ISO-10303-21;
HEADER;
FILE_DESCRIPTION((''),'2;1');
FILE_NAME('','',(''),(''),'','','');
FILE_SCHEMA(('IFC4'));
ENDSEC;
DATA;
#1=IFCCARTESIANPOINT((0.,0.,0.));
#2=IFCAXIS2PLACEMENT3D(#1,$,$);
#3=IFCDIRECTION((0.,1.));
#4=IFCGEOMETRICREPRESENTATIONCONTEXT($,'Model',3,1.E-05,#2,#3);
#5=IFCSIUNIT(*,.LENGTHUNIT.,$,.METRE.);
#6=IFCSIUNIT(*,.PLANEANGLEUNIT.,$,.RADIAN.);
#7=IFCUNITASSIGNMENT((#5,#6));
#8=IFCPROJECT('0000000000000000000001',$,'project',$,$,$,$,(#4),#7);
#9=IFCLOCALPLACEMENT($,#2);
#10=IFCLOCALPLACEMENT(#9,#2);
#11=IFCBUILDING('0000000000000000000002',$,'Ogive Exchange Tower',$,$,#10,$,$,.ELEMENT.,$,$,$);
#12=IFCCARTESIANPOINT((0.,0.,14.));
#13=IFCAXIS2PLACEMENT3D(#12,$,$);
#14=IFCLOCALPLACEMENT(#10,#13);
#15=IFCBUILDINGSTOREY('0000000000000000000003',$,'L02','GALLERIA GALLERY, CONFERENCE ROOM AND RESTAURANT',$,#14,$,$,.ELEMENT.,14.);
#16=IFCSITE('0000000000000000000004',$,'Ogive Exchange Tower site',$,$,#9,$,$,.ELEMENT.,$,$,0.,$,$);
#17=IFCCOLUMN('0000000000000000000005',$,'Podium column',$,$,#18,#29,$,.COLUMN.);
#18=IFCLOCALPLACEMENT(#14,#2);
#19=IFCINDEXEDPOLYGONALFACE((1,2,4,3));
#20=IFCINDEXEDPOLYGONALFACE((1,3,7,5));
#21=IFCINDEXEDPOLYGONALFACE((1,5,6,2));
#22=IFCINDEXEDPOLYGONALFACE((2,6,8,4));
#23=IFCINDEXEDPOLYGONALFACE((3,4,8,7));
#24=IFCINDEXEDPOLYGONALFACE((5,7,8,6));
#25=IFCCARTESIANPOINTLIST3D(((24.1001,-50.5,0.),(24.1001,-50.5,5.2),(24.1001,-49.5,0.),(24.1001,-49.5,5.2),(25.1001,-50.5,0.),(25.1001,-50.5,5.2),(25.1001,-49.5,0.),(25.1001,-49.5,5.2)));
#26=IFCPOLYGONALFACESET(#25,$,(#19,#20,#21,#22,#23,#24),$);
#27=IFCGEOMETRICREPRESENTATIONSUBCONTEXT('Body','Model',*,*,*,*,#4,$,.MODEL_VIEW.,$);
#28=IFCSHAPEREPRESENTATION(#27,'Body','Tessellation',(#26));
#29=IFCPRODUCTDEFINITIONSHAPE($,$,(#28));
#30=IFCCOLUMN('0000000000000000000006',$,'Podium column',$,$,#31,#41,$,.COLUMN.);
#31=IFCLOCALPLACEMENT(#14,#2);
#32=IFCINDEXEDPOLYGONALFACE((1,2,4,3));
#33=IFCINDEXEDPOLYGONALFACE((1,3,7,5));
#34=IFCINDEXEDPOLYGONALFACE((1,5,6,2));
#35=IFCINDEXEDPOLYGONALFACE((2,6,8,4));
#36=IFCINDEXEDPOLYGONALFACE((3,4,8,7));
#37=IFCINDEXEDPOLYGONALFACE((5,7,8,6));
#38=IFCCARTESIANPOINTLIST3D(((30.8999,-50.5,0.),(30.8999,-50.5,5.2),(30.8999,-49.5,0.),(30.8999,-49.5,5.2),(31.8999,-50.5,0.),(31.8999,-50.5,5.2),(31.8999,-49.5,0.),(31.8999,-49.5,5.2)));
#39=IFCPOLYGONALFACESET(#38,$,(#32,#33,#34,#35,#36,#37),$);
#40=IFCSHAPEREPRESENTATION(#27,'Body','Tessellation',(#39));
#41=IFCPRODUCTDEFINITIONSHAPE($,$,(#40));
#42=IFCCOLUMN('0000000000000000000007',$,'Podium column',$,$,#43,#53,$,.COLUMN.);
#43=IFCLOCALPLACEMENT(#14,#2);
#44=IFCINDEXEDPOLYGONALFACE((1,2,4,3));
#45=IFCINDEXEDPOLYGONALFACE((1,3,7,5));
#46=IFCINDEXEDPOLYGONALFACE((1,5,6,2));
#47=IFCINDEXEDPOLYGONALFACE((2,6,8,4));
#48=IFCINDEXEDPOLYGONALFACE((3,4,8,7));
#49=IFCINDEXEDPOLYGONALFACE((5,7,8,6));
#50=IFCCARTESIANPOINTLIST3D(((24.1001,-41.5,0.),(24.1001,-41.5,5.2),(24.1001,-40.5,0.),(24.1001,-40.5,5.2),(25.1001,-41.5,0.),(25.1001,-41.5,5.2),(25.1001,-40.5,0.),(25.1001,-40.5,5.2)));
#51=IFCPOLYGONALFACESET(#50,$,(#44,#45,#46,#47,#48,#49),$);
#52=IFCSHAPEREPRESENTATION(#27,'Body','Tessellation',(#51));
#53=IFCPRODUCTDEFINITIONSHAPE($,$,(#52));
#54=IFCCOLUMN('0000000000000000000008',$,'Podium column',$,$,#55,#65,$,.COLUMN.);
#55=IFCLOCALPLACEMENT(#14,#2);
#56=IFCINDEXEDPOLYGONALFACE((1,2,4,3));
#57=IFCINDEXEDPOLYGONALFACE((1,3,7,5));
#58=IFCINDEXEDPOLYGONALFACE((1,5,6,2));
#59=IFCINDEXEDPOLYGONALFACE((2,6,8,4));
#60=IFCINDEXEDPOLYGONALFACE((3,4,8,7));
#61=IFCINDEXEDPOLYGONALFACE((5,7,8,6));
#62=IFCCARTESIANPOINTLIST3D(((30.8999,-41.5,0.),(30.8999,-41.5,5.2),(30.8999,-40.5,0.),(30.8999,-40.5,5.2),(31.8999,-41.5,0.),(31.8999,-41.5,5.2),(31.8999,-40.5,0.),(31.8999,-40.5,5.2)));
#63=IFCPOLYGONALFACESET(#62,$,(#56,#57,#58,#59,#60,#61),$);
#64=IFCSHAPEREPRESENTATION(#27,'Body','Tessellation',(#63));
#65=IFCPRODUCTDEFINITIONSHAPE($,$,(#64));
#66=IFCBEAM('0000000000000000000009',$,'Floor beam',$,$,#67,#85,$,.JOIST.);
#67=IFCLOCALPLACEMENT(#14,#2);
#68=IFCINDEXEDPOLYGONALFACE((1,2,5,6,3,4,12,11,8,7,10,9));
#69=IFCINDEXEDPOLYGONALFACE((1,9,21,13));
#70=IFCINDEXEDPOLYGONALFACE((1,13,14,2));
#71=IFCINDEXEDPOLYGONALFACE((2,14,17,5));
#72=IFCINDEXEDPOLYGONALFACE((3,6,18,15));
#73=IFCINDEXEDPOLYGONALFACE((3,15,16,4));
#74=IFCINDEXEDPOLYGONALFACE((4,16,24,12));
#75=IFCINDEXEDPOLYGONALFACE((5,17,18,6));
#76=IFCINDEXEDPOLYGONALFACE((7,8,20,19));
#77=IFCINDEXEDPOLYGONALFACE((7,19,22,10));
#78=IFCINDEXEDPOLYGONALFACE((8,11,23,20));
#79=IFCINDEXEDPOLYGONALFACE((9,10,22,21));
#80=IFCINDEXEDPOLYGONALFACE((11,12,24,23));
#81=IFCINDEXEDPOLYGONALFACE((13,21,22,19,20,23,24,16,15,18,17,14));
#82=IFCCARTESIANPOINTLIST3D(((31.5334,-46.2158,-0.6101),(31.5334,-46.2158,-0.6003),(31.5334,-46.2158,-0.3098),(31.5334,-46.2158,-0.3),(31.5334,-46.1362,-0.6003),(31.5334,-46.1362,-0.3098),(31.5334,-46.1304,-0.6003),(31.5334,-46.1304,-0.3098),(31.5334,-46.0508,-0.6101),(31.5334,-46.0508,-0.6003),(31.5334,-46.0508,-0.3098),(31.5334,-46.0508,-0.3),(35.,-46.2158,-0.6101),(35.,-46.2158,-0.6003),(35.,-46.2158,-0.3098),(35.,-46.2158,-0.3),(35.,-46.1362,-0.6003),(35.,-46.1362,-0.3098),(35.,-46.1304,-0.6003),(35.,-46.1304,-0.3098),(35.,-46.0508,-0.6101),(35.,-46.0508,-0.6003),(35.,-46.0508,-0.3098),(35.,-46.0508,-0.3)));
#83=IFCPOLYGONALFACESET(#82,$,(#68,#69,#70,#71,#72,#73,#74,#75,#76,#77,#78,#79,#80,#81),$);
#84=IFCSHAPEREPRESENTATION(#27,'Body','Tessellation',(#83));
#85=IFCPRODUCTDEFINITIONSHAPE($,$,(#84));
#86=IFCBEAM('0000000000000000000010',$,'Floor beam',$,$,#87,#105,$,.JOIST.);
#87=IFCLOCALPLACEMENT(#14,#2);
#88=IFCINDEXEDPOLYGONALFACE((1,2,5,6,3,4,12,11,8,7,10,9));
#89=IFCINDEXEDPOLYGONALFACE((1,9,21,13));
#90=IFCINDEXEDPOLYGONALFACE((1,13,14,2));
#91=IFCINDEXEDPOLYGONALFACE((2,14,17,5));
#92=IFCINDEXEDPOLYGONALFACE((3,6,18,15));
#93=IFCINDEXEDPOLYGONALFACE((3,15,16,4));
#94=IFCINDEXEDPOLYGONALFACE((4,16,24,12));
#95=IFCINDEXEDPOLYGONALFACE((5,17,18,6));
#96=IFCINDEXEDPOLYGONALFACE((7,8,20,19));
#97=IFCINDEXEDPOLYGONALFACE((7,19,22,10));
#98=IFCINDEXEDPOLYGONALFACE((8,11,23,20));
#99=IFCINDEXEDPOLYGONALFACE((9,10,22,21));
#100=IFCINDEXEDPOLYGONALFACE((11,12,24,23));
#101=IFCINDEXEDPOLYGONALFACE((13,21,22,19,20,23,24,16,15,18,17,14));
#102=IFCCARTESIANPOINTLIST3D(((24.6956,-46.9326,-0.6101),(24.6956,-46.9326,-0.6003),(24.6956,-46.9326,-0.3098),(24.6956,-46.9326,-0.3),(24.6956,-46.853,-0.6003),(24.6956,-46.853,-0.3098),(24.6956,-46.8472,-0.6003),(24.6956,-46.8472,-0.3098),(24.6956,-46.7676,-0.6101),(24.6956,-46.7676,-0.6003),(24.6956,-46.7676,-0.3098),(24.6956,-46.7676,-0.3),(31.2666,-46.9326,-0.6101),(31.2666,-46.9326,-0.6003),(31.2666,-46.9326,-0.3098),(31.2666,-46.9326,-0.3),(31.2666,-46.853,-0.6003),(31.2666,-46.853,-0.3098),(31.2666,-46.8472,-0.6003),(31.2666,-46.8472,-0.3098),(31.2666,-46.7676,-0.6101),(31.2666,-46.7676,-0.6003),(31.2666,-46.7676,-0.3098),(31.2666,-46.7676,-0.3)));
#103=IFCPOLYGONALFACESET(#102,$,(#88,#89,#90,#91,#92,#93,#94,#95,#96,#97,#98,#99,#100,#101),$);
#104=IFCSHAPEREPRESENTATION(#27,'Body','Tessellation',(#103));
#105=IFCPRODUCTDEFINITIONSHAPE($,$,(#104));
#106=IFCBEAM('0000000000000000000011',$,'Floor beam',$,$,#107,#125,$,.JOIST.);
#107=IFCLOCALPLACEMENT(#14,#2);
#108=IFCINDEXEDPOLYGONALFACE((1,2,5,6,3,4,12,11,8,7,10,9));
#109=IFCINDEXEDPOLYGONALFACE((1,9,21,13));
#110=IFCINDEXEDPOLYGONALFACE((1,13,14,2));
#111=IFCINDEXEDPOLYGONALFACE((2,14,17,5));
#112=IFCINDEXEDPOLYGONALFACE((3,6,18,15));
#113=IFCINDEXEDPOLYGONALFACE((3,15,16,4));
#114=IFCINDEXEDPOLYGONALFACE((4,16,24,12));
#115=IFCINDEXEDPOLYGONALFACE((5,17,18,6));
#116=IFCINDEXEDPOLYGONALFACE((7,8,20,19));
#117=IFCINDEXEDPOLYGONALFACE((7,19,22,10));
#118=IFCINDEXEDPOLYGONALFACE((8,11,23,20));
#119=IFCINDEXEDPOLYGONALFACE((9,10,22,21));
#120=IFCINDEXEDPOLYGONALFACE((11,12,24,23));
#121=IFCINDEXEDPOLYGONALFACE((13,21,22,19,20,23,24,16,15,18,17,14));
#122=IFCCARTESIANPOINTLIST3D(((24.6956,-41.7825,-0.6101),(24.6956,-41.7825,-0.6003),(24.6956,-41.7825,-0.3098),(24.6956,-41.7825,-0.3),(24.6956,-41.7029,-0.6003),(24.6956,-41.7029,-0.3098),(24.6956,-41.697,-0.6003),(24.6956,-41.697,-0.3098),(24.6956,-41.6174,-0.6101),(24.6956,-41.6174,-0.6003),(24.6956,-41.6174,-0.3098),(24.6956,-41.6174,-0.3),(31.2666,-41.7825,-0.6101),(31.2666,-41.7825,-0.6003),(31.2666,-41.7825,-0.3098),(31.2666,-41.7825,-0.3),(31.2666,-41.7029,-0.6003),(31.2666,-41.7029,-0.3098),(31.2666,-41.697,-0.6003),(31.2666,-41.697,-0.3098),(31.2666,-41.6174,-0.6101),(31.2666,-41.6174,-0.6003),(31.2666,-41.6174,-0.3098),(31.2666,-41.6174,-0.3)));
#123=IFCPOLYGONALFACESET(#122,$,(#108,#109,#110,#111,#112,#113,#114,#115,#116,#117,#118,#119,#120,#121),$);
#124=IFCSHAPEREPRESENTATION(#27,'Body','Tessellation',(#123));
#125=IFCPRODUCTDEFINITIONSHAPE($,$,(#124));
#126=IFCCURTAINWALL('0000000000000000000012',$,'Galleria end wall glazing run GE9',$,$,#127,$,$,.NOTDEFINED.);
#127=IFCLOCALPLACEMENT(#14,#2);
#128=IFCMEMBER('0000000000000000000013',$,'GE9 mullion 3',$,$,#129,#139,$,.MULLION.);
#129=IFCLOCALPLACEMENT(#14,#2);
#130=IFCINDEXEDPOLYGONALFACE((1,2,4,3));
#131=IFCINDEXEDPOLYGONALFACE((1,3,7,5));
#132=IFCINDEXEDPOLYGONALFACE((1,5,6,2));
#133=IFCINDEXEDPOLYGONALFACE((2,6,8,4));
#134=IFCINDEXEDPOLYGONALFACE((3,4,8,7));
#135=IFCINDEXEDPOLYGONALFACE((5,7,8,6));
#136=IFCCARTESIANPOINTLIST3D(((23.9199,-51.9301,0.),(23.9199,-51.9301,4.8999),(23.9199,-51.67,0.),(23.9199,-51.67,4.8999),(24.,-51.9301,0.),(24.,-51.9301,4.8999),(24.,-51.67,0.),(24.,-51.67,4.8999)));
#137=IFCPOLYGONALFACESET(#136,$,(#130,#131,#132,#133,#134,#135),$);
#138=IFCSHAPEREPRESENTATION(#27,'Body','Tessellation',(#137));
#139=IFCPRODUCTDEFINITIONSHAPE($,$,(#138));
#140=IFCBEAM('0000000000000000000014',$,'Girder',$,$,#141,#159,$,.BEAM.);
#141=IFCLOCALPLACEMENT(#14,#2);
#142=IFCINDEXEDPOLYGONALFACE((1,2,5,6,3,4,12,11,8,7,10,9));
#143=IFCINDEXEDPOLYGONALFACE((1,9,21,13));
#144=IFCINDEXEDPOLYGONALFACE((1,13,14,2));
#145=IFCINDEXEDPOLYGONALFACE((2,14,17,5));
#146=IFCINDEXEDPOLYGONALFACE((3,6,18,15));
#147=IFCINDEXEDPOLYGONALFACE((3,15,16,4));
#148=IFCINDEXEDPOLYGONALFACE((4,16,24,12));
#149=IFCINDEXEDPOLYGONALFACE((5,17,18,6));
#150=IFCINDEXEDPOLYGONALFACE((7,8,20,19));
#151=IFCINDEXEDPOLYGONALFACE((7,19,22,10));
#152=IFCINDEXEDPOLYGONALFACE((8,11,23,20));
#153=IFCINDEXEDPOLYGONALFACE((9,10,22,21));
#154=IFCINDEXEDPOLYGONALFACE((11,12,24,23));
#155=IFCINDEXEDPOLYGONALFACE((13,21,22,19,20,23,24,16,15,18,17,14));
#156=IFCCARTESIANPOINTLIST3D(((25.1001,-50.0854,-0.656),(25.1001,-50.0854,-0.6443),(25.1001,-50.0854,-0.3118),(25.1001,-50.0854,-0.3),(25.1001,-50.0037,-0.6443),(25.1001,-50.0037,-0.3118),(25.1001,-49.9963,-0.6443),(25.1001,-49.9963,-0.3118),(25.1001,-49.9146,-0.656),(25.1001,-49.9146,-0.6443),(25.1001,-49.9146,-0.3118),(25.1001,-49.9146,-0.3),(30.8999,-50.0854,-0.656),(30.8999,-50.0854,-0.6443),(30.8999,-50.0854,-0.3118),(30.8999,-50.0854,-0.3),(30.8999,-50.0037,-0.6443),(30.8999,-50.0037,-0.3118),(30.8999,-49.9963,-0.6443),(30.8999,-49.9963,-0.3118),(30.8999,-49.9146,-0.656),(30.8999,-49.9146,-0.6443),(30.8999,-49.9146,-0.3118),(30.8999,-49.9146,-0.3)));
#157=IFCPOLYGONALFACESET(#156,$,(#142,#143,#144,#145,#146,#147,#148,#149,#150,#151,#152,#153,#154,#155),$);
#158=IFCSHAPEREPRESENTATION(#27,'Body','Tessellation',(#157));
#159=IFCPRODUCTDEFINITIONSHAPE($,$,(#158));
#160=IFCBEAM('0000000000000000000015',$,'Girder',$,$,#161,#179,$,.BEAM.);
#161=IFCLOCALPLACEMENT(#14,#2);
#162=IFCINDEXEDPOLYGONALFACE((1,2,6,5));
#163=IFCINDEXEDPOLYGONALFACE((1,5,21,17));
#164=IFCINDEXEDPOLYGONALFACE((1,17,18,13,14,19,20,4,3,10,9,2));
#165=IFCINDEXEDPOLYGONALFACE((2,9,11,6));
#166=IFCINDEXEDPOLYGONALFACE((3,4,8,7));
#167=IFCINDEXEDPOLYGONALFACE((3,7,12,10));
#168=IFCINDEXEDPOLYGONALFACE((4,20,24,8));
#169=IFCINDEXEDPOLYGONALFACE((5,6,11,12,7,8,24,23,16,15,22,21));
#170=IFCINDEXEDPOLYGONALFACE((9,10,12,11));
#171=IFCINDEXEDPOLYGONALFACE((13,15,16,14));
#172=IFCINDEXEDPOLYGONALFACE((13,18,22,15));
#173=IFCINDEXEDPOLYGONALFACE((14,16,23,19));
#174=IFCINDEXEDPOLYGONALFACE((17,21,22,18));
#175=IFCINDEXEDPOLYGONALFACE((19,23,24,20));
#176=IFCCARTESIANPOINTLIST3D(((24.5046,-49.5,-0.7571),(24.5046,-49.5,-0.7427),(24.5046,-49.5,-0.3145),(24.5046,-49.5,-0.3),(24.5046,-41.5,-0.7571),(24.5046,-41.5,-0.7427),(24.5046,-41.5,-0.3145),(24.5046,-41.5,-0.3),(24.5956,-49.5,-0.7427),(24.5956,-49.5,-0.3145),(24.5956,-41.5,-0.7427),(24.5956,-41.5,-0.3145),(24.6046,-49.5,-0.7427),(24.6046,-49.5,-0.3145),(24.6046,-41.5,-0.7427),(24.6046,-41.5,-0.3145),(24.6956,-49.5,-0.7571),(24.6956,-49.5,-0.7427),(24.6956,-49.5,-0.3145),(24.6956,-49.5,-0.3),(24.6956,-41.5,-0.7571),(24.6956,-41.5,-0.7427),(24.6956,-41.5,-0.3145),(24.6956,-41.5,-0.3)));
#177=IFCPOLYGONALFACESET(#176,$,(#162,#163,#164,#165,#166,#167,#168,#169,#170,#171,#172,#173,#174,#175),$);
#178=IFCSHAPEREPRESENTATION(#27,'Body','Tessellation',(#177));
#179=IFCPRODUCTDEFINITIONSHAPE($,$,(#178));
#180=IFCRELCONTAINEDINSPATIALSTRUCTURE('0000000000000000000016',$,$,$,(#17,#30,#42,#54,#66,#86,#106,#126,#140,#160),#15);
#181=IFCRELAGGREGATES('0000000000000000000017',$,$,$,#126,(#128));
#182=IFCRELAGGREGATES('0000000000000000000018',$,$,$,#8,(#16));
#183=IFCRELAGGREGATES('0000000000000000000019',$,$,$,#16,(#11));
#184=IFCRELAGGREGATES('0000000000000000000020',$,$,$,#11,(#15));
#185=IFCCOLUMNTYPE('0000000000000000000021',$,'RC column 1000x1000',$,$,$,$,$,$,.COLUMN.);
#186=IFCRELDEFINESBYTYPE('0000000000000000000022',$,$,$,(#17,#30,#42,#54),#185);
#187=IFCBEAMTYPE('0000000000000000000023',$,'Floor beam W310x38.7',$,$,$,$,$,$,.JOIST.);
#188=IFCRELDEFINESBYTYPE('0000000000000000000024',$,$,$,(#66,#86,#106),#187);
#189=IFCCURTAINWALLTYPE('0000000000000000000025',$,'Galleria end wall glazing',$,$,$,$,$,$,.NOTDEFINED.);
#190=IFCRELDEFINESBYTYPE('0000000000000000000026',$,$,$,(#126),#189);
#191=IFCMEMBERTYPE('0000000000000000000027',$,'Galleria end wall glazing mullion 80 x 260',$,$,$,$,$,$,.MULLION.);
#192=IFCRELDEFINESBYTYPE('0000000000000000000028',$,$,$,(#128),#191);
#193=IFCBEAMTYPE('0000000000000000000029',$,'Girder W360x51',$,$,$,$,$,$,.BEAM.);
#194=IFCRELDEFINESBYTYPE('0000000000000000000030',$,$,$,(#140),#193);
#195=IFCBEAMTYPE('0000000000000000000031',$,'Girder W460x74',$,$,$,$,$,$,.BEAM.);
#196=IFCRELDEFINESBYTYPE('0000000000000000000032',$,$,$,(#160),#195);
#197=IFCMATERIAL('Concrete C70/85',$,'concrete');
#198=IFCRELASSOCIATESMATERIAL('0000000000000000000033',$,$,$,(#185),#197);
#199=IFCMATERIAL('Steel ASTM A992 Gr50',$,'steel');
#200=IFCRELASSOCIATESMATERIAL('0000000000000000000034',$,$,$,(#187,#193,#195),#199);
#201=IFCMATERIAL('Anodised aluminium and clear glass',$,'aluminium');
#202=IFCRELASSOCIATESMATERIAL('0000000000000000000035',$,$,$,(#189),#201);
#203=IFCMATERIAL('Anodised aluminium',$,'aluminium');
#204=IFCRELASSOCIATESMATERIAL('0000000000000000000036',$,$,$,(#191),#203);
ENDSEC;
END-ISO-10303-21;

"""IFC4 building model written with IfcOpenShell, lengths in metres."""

from ifc_helpers import new_model, si_unit, direction, frame, origin, origin_2d, place, context, subcontext, project, spatial, rectangle, i_section, extrude, material, material_profile, profile_set, type_object, element, aggregate, save


model = new_model("IFC4")

# Units and contexts
model_context = context("Model", 3, precision=1e-05, world=origin(), true_north=direction((0.0, 1.0)))
body_context = subcontext(model_context, "Body", "Model", "MODEL_VIEW")
ifc_project = project(units=[si_unit("LENGTHUNIT", "METRE"), si_unit("PLANEANGLEUNIT", "RADIAN")], contexts=[model_context])

# Site, building, storey
site_placement = place(None, origin())
site = spatial("IfcSite", under=ifc_project, at=site_placement, Name="Ogive Exchange Tower site", CompositionType="ELEMENT", RefElevation=0.0)
building_placement = place(site_placement, origin())
building = spatial("IfcBuilding", under=site, at=building_placement, Name="Ogive Exchange Tower", CompositionType="ELEMENT")
storey_placement = place(building_placement, frame((0.0, 0.0, 14.0)))
storey = spatial("IfcBuildingStorey", under=building, at=storey_placement, Name="L02", Description="GALLERIA GALLERY, CONFERENCE ROOM AND RESTAURANT", CompositionType="ELEMENT", Elevation=14.0)

# Columns
ifc_material_1 = material(Name="Concrete C70/85", Category="concrete")
ifc_material_profile_1 = material_profile(ifc_material_1, rectangle(XDim=1.0, YDim=1.0, at=origin_2d()), Name="RC 1000x1000")
ifc_profile_set_1 = profile_set([ifc_material_profile_1], Name="Concrete C70/85")
column_type = type_object("IfcColumnType", Name="RC column 1000x1000", PredefinedType="COLUMN", material=ifc_profile_set_1)
for number, where, z_axis, x_axis, name in (
    (1, (24.6001, -50.0, 0.0), (0.0, 0.0, 1.0), (1.0, 0.0, 0.0), "Podium column"),
    (2, (31.3999, -50.0, 0.0), (0.0, 0.0, 1.0), (1.0, 0.0, 0.0), "Podium column"),
    (3, (24.6001, -41.0, 0.0), (0.0, 0.0, 1.0), (1.0, 0.0, 0.0), "Podium column"),
    (4, (31.3999, -41.0, 0.0), (0.0, 0.0, 1.0), (1.0, 0.0, 0.0), "Podium column"),
):
    element("IfcColumn", number, at=place(storey_placement, frame(where, z_axis=z_axis, x_axis=x_axis)), inside=storey, type_object=column_type, Name=name, PredefinedType="COLUMN", context=body_context, shape_type="SweptSolid", body=[
        extrude(rectangle(XDim=1.0, YDim=1.0, at=origin_2d()), origin(), (0.0, 0.0, 1.0), 5.2),
    ])

# Beams
ifc_material_2 = material(Name="Steel ASTM A992 Gr50", Category="steel")
ifc_material_profile_2 = material_profile(ifc_material_2, i_section(OverallWidth=0.165, OverallDepth=0.3101, WebThickness=0.0059, FlangeThickness=0.0098, at=origin_2d()), Name="W310x38.7")
ifc_profile_set_2 = profile_set([ifc_material_profile_2], Name="Steel ASTM A992 Gr50")
beam_type_1 = type_object("IfcBeamType", Name="Floor beam W310x38.7", PredefinedType="JOIST", material=ifc_profile_set_2)
beam_1_placement = place(storey_placement, frame((31.5334, -46.1333, -0.4551), z_axis=(1.0, 0.0, 0.0), x_axis=(0.0, 1.0, 0.0)))
element("IfcBeam", 5, at=beam_1_placement, inside=storey, type_object=beam_type_1, Name="Floor beam", PredefinedType="JOIST", context=body_context, shape_type="SweptSolid", body=[
    extrude(i_section(OverallWidth=0.165, OverallDepth=0.3101, WebThickness=0.0059, FlangeThickness=0.0098, at=origin_2d()), origin(), (0.0, 0.0, 1.0), 3.4666),
])
for number, where, z_axis, x_axis, name in (
    (6, (24.6956, -46.8501, -0.4551), (1.0, 0.0, 0.0), (0.0, 1.0, 0.0), "Floor beam"),
    (7, (24.6956, -41.7, -0.4551), (1.0, 0.0, 0.0), (0.0, 1.0, 0.0), "Floor beam"),
):
    element("IfcBeam", number, at=place(storey_placement, frame(where, z_axis=z_axis, x_axis=x_axis)), inside=storey, type_object=beam_type_1, Name=name, PredefinedType="JOIST", context=body_context, shape_type="SweptSolid", body=[
        extrude(i_section(OverallWidth=0.165, OverallDepth=0.3101, WebThickness=0.0059, FlangeThickness=0.0098, at=origin_2d()), origin(), (0.0, 0.0, 1.0), 6.571),
    ])

# Curtain wall, member
ifc_material_3 = material(Name="Anodised aluminium and clear glass", Category="aluminium")
curtain_wall_type = type_object("IfcCurtainWallType", Name="Galleria end wall glazing", PredefinedType="NOTDEFINED", material=ifc_material_3)
curtain_wall_placement = place(storey_placement, origin())
curtain_wall = element("IfcCurtainWall", 8, at=curtain_wall_placement, inside=storey, type_object=curtain_wall_type, Name="Galleria end wall glazing run GE9", PredefinedType="NOTDEFINED")
ifc_material_4 = material(Name="Anodised aluminium", Category="aluminium")
ifc_material_profile_3 = material_profile(ifc_material_4, rectangle(XDim=0.26, YDim=0.0801, at=origin_2d()), Name="AL 80x260")
ifc_profile_set_3 = profile_set([ifc_material_profile_3], Name="Anodised aluminium")
member_type = type_object("IfcMemberType", Name="Galleria end wall glazing mullion 80 x 260", PredefinedType="MULLION", material=ifc_profile_set_3)
member_placement = place(storey_placement, frame((23.96, -51.8, 0.0), z_axis=(0.0, 0.0, 1.0), x_axis=(0.0, 1.0, 0.0)))
member = element("IfcMember", 9, at=member_placement, type_object=member_type, Name="GE9 mullion 3", PredefinedType="MULLION", context=body_context, shape_type="SweptSolid", body=[
    extrude(rectangle(XDim=0.26, YDim=0.0801, at=origin_2d()), origin(), (0.0, 0.0, 1.0), 4.8999),
])

# Beams
ifc_material_profile_4 = material_profile(ifc_material_2, i_section(OverallWidth=0.1709, OverallDepth=0.356, WebThickness=0.0073, FlangeThickness=0.0117, at=origin_2d()), Name="W360x51")
ifc_profile_set_4 = profile_set([ifc_material_profile_4], Name="Steel ASTM A992 Gr50")
beam_type_2 = type_object("IfcBeamType", Name="Girder W360x51", PredefinedType="BEAM", material=ifc_profile_set_4)
beam_2_placement = place(storey_placement, frame((25.1001, -50.0, -0.478), z_axis=(1.0, 0.0, 0.0), x_axis=(0.0, 1.0, 0.0)))
element("IfcBeam", 10, at=beam_2_placement, inside=storey, type_object=beam_type_2, Name="Girder", PredefinedType="BEAM", context=body_context, shape_type="SweptSolid", body=[
    extrude(i_section(OverallWidth=0.1709, OverallDepth=0.356, WebThickness=0.0073, FlangeThickness=0.0117, at=origin_2d()), origin(), (0.0, 0.0, 1.0), 5.7998),
])
ifc_material_profile_5 = material_profile(ifc_material_2, i_section(OverallWidth=0.1909, OverallDepth=0.457, WebThickness=0.009, FlangeThickness=0.0144, at=origin_2d()), Name="W460x74")
ifc_profile_set_5 = profile_set([ifc_material_profile_5], Name="Steel ASTM A992 Gr50")
beam_type_3 = type_object("IfcBeamType", Name="Girder W460x74", PredefinedType="BEAM", material=ifc_profile_set_5)
beam_3_placement = place(storey_placement, frame((24.6001, -49.5, -0.5286), z_axis=(0.0, 1.0, 0.0), x_axis=(-1.0, 0.0, 0.0)))
element("IfcBeam", 11, at=beam_3_placement, inside=storey, type_object=beam_type_3, Name="Girder", PredefinedType="BEAM", context=body_context, shape_type="SweptSolid", body=[
    extrude(i_section(OverallWidth=0.1909, OverallDepth=0.457, WebThickness=0.009, FlangeThickness=0.0144, at=origin_2d()), origin(), (0.0, 0.0, 1.0), 8.0),
])

aggregate(curtain_wall, [member])

save(model, "model.ifc")
